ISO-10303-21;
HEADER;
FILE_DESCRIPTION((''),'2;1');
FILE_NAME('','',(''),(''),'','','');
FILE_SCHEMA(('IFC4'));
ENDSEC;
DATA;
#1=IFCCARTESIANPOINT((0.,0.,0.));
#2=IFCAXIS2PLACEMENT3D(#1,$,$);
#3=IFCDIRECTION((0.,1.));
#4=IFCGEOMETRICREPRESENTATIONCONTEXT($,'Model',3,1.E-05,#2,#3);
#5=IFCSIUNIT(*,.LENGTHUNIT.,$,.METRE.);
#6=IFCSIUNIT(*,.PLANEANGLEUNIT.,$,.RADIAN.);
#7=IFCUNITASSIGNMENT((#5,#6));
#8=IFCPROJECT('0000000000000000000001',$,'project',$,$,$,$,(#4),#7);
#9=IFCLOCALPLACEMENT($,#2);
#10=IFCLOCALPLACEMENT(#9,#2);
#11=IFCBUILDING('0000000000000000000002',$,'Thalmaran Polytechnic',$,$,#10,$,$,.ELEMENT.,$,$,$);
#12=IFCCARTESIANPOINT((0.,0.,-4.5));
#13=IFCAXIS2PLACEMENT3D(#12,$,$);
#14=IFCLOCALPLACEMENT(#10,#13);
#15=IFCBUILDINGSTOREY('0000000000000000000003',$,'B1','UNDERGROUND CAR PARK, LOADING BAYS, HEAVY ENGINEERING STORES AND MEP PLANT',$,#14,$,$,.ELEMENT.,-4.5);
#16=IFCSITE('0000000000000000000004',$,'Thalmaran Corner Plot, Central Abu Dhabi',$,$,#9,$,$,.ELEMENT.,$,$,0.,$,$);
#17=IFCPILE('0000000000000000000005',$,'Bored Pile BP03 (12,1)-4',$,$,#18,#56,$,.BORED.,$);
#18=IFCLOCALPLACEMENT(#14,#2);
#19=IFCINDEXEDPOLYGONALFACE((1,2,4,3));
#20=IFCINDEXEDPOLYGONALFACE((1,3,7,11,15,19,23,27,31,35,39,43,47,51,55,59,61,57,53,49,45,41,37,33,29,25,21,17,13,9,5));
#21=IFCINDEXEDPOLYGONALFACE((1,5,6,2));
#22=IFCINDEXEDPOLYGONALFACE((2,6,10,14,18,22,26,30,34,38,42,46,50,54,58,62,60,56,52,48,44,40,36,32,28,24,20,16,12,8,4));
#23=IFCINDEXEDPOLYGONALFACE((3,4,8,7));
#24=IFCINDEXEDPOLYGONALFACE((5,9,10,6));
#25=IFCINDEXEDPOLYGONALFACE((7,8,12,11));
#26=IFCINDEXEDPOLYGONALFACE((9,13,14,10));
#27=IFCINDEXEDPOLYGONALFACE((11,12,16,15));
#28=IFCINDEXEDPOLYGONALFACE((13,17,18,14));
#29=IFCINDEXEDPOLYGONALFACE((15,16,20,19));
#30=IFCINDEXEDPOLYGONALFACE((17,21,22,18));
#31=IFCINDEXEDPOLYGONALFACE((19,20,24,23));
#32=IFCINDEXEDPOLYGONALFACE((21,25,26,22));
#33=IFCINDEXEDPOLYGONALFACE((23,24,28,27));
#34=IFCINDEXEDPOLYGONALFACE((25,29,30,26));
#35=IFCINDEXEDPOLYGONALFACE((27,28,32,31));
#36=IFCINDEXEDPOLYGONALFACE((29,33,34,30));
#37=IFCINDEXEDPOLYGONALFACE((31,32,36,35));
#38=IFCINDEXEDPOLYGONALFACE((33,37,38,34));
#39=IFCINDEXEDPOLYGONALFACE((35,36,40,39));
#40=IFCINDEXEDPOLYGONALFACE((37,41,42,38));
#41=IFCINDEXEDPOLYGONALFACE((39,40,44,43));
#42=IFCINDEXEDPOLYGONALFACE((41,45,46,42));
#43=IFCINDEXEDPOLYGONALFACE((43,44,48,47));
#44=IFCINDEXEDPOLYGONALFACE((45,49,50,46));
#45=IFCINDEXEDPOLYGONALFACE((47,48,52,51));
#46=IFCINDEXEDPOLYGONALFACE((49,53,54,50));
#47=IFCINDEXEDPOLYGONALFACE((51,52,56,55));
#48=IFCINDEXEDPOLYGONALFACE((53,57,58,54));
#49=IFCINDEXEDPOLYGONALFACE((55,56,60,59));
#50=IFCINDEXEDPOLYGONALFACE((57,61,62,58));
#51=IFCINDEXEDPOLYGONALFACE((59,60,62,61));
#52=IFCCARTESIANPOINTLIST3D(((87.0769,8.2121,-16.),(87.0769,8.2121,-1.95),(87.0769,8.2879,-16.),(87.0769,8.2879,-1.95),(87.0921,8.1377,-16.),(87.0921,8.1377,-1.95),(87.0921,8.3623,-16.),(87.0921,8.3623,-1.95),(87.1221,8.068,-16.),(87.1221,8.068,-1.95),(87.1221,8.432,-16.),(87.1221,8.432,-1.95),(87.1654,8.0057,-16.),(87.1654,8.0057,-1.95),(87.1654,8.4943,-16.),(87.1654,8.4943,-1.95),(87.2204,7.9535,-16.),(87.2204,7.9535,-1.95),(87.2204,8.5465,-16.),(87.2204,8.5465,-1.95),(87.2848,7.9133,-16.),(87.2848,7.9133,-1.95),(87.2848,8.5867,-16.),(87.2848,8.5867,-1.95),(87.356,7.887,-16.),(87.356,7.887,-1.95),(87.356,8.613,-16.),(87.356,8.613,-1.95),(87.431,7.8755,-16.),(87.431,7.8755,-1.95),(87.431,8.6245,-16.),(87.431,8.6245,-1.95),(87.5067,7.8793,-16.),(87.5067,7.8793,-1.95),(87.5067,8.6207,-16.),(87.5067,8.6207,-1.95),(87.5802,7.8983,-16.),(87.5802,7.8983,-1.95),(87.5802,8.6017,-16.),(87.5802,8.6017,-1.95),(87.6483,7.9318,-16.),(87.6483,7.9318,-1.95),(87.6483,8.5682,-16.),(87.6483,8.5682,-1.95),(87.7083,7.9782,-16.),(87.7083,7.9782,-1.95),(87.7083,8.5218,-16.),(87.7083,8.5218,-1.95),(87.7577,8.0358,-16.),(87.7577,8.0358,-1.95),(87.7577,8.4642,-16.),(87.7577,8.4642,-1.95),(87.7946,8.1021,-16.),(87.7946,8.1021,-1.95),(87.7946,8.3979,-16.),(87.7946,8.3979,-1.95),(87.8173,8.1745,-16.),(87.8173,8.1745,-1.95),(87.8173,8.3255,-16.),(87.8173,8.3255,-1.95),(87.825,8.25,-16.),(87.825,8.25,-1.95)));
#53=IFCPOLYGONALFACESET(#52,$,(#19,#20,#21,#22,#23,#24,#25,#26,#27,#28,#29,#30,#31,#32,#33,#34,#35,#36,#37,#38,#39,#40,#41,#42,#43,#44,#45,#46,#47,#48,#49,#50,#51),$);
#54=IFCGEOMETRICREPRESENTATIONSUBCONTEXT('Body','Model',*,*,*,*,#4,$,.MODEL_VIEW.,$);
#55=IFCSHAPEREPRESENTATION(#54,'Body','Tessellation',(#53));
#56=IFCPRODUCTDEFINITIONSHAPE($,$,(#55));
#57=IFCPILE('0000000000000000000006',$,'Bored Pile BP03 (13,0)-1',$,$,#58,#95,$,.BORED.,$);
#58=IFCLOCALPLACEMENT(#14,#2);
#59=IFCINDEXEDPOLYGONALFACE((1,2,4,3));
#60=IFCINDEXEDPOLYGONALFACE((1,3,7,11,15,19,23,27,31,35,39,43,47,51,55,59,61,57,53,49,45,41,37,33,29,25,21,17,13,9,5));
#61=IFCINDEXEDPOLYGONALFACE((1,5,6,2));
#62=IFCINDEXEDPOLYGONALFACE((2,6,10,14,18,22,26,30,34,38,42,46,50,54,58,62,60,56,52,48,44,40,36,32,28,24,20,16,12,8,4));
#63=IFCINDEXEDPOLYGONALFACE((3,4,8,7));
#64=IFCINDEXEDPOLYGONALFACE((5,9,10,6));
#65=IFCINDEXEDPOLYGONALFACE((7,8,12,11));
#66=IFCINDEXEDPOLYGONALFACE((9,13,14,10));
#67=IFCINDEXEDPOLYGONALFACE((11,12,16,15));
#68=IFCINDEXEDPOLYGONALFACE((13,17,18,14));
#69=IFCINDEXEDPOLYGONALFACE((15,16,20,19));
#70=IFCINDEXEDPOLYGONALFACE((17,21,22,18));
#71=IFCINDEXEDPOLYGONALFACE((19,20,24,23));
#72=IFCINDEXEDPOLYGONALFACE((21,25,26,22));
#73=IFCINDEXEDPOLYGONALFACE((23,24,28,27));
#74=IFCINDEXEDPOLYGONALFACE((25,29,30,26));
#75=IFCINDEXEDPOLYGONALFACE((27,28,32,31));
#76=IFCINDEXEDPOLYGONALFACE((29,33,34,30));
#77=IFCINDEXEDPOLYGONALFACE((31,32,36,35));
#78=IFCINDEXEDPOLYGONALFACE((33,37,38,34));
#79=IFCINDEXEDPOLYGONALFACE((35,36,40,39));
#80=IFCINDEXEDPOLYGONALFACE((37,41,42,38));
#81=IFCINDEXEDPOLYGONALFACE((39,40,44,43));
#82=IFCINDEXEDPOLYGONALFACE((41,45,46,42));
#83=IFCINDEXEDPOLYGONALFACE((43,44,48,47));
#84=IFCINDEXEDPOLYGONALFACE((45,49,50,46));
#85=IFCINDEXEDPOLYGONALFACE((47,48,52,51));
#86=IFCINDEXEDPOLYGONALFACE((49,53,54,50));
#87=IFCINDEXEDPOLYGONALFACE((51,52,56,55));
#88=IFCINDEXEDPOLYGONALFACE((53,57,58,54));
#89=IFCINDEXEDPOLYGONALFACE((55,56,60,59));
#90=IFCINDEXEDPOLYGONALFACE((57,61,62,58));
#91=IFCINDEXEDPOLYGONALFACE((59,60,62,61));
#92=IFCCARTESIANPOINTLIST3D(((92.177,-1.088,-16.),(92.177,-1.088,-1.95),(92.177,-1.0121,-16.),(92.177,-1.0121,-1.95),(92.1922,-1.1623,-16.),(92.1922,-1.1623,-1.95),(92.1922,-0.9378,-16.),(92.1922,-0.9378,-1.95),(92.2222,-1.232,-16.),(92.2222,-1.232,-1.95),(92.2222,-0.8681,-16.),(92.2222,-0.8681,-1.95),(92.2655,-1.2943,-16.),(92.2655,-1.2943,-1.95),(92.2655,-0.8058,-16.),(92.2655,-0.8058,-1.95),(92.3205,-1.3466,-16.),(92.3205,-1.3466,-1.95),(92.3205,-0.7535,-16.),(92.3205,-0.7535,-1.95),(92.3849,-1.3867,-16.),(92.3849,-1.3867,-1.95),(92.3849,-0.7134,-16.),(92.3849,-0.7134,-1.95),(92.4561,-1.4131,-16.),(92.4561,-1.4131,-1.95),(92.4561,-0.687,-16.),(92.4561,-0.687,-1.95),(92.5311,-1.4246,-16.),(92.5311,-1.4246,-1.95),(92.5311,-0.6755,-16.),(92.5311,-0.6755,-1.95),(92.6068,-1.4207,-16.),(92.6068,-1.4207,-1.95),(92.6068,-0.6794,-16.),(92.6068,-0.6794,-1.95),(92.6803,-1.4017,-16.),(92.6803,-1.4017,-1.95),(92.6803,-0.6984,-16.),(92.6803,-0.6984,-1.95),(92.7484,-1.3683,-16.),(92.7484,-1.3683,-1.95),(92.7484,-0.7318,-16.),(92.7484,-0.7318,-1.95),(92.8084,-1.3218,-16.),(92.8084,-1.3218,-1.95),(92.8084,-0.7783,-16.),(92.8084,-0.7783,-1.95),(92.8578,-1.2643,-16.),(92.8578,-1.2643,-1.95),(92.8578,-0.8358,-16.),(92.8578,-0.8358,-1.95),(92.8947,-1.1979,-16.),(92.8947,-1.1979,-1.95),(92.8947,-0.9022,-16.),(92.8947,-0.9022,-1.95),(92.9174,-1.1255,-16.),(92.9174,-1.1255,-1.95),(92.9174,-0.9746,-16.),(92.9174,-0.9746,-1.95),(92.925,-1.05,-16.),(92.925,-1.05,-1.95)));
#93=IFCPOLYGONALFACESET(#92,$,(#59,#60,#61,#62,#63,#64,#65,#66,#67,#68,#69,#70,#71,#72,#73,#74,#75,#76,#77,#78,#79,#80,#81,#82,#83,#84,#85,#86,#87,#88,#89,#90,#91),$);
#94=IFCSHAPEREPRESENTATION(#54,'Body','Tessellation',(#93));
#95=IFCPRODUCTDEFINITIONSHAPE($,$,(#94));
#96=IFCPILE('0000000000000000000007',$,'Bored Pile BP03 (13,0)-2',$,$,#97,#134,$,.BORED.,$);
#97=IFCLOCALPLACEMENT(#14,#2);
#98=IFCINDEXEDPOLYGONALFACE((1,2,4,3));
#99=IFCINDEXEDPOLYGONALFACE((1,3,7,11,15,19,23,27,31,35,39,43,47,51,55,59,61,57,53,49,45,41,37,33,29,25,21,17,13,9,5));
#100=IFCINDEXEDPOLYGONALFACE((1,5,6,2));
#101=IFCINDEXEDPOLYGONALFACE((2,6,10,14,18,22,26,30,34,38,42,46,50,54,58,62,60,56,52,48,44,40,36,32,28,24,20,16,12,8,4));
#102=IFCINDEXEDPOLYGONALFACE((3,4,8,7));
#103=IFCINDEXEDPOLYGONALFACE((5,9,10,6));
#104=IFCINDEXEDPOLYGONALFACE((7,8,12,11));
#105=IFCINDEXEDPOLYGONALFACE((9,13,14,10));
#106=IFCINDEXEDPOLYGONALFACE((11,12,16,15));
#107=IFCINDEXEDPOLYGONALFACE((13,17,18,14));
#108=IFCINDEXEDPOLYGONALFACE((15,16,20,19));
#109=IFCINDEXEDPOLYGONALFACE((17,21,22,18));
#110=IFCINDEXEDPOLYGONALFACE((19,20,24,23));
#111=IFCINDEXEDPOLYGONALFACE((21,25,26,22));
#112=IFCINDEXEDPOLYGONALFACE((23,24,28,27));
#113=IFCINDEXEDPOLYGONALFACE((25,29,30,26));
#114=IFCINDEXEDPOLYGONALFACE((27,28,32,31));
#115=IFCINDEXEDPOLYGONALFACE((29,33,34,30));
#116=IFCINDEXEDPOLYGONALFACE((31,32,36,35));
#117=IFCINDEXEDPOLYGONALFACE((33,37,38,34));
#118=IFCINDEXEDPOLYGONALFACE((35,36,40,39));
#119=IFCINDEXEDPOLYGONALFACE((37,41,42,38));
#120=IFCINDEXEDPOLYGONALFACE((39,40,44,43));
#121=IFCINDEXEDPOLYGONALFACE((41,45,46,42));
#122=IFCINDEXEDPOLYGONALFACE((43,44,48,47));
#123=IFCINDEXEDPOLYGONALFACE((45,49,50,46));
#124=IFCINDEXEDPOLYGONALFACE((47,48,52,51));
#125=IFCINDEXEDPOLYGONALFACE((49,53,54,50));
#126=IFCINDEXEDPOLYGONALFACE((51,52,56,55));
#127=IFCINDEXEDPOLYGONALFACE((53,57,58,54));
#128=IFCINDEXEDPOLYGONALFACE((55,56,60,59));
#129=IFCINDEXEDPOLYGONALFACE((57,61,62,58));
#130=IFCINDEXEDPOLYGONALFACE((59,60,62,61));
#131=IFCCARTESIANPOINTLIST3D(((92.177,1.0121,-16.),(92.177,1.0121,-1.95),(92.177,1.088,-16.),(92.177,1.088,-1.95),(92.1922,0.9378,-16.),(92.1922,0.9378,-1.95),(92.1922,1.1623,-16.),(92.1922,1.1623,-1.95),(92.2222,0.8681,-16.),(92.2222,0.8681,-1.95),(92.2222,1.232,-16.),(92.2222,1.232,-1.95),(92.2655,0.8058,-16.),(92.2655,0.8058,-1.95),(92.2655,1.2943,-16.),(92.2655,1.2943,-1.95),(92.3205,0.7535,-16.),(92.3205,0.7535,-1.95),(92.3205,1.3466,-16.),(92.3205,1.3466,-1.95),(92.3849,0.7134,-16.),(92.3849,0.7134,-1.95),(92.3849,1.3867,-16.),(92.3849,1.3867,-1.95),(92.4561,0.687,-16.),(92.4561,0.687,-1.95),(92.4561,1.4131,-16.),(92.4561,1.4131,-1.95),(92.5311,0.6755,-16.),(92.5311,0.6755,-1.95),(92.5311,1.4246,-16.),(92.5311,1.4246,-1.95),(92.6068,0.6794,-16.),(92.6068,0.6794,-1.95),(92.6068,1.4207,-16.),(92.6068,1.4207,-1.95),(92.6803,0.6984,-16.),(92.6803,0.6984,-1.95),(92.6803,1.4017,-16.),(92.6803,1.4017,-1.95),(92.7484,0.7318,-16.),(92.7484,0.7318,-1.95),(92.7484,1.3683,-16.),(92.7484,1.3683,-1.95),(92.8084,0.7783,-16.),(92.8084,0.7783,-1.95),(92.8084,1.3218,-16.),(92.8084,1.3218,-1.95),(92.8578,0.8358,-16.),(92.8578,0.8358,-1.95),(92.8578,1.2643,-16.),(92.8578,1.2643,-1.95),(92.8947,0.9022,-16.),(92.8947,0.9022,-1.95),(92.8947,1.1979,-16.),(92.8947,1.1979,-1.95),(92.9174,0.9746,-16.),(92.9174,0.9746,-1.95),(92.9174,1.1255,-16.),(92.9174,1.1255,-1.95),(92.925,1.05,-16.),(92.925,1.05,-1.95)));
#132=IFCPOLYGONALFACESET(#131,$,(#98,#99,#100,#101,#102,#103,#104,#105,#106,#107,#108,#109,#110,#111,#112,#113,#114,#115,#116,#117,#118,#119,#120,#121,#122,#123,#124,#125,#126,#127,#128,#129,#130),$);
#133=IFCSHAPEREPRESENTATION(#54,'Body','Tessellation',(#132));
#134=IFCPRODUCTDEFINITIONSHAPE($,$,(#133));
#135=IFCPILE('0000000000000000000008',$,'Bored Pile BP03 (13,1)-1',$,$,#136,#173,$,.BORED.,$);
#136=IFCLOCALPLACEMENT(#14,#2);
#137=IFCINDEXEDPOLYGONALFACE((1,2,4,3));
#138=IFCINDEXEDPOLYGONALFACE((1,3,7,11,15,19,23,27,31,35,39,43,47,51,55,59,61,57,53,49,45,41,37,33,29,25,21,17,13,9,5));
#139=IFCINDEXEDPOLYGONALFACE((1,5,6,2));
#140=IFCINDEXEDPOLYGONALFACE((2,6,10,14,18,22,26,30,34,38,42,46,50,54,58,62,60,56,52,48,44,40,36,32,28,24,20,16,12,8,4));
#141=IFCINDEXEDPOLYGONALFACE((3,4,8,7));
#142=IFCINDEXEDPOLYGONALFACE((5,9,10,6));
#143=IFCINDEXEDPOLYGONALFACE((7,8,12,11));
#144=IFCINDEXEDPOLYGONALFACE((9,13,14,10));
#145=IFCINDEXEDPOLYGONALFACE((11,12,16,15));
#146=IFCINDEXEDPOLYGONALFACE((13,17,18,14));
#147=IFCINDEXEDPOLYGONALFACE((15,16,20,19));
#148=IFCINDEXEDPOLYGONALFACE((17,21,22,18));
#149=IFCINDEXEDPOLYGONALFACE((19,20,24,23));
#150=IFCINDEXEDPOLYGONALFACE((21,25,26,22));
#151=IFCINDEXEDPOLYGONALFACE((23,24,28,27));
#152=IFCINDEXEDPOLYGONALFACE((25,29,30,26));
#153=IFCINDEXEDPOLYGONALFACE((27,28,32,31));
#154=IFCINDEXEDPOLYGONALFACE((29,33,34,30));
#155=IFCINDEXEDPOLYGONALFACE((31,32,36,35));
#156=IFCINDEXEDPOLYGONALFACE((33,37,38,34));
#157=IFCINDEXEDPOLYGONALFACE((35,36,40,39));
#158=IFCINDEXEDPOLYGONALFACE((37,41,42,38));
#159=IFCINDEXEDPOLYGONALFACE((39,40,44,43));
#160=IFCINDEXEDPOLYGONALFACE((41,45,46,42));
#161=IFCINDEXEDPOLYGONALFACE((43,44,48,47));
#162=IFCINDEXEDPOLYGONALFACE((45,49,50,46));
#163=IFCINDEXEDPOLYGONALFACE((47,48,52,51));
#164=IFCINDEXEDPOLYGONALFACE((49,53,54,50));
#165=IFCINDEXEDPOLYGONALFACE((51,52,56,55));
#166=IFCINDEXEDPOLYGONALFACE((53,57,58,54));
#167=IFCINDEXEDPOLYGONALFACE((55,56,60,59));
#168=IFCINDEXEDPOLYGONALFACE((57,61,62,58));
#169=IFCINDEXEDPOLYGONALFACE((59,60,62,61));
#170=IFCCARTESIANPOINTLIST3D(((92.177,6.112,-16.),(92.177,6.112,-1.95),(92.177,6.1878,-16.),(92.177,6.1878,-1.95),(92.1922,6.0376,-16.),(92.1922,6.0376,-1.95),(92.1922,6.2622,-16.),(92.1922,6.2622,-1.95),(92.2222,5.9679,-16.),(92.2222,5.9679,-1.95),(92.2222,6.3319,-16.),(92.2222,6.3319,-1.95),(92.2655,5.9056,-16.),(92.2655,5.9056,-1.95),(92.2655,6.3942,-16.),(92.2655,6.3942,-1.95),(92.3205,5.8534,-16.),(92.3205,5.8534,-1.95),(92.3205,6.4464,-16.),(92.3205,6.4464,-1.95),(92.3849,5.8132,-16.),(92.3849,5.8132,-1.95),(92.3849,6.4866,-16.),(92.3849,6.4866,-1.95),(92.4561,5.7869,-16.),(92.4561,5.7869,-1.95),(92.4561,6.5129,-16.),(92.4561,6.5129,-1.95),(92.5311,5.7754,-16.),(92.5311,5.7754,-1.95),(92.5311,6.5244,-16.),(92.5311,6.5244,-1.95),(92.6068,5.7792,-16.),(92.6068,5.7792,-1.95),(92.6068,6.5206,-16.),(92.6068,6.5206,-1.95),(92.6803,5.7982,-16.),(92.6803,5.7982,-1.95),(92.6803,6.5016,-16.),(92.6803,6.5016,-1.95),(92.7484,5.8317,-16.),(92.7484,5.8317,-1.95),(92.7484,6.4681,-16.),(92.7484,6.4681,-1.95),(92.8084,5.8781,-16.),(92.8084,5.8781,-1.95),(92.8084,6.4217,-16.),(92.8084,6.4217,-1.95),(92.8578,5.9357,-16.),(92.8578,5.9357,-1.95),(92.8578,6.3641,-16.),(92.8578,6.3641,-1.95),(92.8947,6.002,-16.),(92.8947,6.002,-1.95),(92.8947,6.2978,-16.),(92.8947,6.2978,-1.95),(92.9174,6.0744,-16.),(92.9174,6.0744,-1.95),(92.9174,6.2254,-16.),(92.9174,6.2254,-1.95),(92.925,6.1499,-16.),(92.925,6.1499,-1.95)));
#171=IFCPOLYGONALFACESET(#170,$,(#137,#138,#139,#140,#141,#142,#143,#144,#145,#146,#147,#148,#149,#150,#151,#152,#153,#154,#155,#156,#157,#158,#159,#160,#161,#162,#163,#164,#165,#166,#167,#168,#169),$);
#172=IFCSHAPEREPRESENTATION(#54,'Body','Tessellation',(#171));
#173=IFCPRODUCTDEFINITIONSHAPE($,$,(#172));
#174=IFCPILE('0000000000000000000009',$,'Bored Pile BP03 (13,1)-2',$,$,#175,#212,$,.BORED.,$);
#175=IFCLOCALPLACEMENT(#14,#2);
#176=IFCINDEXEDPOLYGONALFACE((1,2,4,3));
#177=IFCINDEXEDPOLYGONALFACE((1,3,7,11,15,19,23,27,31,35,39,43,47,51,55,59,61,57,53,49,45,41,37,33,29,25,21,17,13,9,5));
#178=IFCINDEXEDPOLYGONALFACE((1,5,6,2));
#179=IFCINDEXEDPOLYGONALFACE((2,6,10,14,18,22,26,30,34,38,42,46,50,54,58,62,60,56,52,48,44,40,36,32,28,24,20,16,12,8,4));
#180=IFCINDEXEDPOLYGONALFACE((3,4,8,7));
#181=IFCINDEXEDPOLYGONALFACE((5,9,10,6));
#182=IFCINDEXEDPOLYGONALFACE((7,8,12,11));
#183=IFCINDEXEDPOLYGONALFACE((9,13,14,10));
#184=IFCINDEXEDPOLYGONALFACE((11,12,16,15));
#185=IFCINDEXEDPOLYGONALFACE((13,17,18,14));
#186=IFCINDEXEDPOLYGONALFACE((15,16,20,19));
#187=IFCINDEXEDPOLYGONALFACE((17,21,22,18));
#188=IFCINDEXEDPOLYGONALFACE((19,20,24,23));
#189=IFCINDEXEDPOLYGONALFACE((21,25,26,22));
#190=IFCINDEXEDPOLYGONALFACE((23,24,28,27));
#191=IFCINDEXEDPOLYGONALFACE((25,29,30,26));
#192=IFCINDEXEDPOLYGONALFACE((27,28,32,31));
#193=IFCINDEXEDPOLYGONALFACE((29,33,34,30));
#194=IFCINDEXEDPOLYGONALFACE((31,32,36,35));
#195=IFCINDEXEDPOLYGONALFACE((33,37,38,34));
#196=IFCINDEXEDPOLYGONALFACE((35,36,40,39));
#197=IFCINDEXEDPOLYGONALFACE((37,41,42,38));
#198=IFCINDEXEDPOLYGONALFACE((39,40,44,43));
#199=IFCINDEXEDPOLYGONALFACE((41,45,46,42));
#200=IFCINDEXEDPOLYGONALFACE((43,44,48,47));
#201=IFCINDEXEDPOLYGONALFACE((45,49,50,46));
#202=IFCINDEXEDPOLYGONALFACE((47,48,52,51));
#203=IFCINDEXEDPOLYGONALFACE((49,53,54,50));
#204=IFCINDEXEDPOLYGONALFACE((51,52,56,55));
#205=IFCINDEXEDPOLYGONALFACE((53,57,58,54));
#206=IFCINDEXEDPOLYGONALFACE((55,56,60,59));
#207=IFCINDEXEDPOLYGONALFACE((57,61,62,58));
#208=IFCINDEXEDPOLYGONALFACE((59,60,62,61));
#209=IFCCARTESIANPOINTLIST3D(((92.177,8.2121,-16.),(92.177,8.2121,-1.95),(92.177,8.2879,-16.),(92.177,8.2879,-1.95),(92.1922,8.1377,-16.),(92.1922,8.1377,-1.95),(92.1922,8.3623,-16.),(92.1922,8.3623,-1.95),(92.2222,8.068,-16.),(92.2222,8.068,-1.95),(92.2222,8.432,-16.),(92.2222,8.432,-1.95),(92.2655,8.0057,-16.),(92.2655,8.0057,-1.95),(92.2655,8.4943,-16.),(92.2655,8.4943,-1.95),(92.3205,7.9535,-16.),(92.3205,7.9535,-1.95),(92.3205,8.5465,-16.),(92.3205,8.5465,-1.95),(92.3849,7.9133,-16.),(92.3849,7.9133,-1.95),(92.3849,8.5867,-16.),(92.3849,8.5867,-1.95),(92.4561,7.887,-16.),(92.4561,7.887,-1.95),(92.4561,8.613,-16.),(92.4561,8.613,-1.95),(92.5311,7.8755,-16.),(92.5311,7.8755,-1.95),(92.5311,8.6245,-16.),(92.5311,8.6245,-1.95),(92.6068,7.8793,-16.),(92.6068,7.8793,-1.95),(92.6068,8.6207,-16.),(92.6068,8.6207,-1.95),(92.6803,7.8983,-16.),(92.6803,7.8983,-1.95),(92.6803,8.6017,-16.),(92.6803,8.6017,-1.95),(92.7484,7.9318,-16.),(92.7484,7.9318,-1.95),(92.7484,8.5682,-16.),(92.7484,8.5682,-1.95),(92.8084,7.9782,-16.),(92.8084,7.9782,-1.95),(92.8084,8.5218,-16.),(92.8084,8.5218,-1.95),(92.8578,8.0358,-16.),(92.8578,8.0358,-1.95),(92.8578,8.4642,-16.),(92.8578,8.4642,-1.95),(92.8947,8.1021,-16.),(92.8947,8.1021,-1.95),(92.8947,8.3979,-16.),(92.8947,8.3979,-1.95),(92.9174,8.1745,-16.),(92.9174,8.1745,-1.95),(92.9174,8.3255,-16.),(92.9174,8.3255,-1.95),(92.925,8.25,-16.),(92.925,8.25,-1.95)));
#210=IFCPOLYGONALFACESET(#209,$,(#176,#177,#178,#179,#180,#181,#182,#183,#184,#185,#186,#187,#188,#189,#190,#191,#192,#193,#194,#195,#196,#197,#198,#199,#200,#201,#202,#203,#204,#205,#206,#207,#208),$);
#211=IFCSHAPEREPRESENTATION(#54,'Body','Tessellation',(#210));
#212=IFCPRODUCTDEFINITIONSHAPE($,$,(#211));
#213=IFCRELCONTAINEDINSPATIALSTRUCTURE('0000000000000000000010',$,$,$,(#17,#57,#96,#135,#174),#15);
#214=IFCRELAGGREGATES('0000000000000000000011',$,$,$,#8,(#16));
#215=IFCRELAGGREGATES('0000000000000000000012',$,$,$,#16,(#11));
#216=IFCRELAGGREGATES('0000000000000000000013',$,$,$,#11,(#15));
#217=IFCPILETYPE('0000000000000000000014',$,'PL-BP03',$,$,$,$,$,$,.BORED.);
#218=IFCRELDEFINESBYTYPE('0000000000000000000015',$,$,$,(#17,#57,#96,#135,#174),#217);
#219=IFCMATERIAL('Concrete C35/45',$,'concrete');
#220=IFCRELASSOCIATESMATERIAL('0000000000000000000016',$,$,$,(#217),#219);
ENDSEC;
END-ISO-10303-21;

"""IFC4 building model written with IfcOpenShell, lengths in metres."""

from ifc_helpers import new_model, si_unit, direction, frame, origin, origin_2d, place, context, subcontext, project, spatial, circle, extrude, material, material_profile, profile_set, type_object, element, save


model = new_model("IFC4")

# Units and contexts
model_context = context("Model", 3, precision=1e-05, world=origin(), true_north=direction((0.0, 1.0)))
body_context = subcontext(model_context, "Body", "Model", "MODEL_VIEW")
ifc_project = project(units=[si_unit("LENGTHUNIT", "METRE"), si_unit("PLANEANGLEUNIT", "RADIAN")], contexts=[model_context])

# Site, building, storey
site_placement = place(None, origin())
site = spatial("IfcSite", under=ifc_project, at=site_placement, Name="Thalmaran Corner Plot, Central Abu Dhabi", CompositionType="ELEMENT", RefElevation=0.0)
building_placement = place(site_placement, origin())
building = spatial("IfcBuilding", under=site, at=building_placement, Name="Thalmaran Polytechnic", CompositionType="ELEMENT")
storey_placement = place(building_placement, frame((0.0, 0.0, -4.5)))
storey = spatial("IfcBuildingStorey", under=building, at=storey_placement, Name="B1", Description="UNDERGROUND CAR PARK, LOADING BAYS, HEAVY ENGINEERING STORES AND MEP PLANT", CompositionType="ELEMENT", Elevation=-4.5)

# Piles
ifc_material_1 = material(Name="Concrete C35/45", Category="concrete")
ifc_material_profile_1 = material_profile(ifc_material_1, circle(Radius=0.375, at=origin_2d()), Name="RC 750 DIA")
ifc_profile_set_1 = profile_set([ifc_material_profile_1], Name="Concrete C35/45")
pile_type = type_object("IfcPileType", Name="PL-BP03", PredefinedType="BORED", material=ifc_profile_set_1)
for number, where, z_axis, x_axis, name in (
    (1, (87.45, 8.25, -1.95), (0.0, 0.0, -1.0), (1.0, 0.0, 0.0), "Bored Pile BP03 (12,1)-4"),
    (2, (92.55, -1.05, -1.95), (0.0, 0.0, -1.0), (1.0, 0.0, 0.0), "Bored Pile BP03 (13,0)-1"),
    (3, (92.55, 1.05, -1.95), (0.0, 0.0, -1.0), (1.0, 0.0, 0.0), "Bored Pile BP03 (13,0)-2"),
    (4, (92.55, 6.1499, -1.95), (0.0, 0.0, -1.0), (1.0, 0.0, 0.0), "Bored Pile BP03 (13,1)-1"),
    (5, (92.55, 8.25, -1.95), (0.0, 0.0, -1.0), (1.0, 0.0, 0.0), "Bored Pile BP03 (13,1)-2"),
):
    element("IfcPile", number, at=place(storey_placement, frame(where, z_axis=z_axis, x_axis=x_axis)), inside=storey, type_object=pile_type, Name=name, PredefinedType="BORED", context=body_context, shape_type="SweptSolid", body=[
        extrude(circle(Radius=0.375, at=origin_2d()), origin(), (0.0, 0.0, 1.0), 14.05),
    ])

save(model, "model.ifc")
